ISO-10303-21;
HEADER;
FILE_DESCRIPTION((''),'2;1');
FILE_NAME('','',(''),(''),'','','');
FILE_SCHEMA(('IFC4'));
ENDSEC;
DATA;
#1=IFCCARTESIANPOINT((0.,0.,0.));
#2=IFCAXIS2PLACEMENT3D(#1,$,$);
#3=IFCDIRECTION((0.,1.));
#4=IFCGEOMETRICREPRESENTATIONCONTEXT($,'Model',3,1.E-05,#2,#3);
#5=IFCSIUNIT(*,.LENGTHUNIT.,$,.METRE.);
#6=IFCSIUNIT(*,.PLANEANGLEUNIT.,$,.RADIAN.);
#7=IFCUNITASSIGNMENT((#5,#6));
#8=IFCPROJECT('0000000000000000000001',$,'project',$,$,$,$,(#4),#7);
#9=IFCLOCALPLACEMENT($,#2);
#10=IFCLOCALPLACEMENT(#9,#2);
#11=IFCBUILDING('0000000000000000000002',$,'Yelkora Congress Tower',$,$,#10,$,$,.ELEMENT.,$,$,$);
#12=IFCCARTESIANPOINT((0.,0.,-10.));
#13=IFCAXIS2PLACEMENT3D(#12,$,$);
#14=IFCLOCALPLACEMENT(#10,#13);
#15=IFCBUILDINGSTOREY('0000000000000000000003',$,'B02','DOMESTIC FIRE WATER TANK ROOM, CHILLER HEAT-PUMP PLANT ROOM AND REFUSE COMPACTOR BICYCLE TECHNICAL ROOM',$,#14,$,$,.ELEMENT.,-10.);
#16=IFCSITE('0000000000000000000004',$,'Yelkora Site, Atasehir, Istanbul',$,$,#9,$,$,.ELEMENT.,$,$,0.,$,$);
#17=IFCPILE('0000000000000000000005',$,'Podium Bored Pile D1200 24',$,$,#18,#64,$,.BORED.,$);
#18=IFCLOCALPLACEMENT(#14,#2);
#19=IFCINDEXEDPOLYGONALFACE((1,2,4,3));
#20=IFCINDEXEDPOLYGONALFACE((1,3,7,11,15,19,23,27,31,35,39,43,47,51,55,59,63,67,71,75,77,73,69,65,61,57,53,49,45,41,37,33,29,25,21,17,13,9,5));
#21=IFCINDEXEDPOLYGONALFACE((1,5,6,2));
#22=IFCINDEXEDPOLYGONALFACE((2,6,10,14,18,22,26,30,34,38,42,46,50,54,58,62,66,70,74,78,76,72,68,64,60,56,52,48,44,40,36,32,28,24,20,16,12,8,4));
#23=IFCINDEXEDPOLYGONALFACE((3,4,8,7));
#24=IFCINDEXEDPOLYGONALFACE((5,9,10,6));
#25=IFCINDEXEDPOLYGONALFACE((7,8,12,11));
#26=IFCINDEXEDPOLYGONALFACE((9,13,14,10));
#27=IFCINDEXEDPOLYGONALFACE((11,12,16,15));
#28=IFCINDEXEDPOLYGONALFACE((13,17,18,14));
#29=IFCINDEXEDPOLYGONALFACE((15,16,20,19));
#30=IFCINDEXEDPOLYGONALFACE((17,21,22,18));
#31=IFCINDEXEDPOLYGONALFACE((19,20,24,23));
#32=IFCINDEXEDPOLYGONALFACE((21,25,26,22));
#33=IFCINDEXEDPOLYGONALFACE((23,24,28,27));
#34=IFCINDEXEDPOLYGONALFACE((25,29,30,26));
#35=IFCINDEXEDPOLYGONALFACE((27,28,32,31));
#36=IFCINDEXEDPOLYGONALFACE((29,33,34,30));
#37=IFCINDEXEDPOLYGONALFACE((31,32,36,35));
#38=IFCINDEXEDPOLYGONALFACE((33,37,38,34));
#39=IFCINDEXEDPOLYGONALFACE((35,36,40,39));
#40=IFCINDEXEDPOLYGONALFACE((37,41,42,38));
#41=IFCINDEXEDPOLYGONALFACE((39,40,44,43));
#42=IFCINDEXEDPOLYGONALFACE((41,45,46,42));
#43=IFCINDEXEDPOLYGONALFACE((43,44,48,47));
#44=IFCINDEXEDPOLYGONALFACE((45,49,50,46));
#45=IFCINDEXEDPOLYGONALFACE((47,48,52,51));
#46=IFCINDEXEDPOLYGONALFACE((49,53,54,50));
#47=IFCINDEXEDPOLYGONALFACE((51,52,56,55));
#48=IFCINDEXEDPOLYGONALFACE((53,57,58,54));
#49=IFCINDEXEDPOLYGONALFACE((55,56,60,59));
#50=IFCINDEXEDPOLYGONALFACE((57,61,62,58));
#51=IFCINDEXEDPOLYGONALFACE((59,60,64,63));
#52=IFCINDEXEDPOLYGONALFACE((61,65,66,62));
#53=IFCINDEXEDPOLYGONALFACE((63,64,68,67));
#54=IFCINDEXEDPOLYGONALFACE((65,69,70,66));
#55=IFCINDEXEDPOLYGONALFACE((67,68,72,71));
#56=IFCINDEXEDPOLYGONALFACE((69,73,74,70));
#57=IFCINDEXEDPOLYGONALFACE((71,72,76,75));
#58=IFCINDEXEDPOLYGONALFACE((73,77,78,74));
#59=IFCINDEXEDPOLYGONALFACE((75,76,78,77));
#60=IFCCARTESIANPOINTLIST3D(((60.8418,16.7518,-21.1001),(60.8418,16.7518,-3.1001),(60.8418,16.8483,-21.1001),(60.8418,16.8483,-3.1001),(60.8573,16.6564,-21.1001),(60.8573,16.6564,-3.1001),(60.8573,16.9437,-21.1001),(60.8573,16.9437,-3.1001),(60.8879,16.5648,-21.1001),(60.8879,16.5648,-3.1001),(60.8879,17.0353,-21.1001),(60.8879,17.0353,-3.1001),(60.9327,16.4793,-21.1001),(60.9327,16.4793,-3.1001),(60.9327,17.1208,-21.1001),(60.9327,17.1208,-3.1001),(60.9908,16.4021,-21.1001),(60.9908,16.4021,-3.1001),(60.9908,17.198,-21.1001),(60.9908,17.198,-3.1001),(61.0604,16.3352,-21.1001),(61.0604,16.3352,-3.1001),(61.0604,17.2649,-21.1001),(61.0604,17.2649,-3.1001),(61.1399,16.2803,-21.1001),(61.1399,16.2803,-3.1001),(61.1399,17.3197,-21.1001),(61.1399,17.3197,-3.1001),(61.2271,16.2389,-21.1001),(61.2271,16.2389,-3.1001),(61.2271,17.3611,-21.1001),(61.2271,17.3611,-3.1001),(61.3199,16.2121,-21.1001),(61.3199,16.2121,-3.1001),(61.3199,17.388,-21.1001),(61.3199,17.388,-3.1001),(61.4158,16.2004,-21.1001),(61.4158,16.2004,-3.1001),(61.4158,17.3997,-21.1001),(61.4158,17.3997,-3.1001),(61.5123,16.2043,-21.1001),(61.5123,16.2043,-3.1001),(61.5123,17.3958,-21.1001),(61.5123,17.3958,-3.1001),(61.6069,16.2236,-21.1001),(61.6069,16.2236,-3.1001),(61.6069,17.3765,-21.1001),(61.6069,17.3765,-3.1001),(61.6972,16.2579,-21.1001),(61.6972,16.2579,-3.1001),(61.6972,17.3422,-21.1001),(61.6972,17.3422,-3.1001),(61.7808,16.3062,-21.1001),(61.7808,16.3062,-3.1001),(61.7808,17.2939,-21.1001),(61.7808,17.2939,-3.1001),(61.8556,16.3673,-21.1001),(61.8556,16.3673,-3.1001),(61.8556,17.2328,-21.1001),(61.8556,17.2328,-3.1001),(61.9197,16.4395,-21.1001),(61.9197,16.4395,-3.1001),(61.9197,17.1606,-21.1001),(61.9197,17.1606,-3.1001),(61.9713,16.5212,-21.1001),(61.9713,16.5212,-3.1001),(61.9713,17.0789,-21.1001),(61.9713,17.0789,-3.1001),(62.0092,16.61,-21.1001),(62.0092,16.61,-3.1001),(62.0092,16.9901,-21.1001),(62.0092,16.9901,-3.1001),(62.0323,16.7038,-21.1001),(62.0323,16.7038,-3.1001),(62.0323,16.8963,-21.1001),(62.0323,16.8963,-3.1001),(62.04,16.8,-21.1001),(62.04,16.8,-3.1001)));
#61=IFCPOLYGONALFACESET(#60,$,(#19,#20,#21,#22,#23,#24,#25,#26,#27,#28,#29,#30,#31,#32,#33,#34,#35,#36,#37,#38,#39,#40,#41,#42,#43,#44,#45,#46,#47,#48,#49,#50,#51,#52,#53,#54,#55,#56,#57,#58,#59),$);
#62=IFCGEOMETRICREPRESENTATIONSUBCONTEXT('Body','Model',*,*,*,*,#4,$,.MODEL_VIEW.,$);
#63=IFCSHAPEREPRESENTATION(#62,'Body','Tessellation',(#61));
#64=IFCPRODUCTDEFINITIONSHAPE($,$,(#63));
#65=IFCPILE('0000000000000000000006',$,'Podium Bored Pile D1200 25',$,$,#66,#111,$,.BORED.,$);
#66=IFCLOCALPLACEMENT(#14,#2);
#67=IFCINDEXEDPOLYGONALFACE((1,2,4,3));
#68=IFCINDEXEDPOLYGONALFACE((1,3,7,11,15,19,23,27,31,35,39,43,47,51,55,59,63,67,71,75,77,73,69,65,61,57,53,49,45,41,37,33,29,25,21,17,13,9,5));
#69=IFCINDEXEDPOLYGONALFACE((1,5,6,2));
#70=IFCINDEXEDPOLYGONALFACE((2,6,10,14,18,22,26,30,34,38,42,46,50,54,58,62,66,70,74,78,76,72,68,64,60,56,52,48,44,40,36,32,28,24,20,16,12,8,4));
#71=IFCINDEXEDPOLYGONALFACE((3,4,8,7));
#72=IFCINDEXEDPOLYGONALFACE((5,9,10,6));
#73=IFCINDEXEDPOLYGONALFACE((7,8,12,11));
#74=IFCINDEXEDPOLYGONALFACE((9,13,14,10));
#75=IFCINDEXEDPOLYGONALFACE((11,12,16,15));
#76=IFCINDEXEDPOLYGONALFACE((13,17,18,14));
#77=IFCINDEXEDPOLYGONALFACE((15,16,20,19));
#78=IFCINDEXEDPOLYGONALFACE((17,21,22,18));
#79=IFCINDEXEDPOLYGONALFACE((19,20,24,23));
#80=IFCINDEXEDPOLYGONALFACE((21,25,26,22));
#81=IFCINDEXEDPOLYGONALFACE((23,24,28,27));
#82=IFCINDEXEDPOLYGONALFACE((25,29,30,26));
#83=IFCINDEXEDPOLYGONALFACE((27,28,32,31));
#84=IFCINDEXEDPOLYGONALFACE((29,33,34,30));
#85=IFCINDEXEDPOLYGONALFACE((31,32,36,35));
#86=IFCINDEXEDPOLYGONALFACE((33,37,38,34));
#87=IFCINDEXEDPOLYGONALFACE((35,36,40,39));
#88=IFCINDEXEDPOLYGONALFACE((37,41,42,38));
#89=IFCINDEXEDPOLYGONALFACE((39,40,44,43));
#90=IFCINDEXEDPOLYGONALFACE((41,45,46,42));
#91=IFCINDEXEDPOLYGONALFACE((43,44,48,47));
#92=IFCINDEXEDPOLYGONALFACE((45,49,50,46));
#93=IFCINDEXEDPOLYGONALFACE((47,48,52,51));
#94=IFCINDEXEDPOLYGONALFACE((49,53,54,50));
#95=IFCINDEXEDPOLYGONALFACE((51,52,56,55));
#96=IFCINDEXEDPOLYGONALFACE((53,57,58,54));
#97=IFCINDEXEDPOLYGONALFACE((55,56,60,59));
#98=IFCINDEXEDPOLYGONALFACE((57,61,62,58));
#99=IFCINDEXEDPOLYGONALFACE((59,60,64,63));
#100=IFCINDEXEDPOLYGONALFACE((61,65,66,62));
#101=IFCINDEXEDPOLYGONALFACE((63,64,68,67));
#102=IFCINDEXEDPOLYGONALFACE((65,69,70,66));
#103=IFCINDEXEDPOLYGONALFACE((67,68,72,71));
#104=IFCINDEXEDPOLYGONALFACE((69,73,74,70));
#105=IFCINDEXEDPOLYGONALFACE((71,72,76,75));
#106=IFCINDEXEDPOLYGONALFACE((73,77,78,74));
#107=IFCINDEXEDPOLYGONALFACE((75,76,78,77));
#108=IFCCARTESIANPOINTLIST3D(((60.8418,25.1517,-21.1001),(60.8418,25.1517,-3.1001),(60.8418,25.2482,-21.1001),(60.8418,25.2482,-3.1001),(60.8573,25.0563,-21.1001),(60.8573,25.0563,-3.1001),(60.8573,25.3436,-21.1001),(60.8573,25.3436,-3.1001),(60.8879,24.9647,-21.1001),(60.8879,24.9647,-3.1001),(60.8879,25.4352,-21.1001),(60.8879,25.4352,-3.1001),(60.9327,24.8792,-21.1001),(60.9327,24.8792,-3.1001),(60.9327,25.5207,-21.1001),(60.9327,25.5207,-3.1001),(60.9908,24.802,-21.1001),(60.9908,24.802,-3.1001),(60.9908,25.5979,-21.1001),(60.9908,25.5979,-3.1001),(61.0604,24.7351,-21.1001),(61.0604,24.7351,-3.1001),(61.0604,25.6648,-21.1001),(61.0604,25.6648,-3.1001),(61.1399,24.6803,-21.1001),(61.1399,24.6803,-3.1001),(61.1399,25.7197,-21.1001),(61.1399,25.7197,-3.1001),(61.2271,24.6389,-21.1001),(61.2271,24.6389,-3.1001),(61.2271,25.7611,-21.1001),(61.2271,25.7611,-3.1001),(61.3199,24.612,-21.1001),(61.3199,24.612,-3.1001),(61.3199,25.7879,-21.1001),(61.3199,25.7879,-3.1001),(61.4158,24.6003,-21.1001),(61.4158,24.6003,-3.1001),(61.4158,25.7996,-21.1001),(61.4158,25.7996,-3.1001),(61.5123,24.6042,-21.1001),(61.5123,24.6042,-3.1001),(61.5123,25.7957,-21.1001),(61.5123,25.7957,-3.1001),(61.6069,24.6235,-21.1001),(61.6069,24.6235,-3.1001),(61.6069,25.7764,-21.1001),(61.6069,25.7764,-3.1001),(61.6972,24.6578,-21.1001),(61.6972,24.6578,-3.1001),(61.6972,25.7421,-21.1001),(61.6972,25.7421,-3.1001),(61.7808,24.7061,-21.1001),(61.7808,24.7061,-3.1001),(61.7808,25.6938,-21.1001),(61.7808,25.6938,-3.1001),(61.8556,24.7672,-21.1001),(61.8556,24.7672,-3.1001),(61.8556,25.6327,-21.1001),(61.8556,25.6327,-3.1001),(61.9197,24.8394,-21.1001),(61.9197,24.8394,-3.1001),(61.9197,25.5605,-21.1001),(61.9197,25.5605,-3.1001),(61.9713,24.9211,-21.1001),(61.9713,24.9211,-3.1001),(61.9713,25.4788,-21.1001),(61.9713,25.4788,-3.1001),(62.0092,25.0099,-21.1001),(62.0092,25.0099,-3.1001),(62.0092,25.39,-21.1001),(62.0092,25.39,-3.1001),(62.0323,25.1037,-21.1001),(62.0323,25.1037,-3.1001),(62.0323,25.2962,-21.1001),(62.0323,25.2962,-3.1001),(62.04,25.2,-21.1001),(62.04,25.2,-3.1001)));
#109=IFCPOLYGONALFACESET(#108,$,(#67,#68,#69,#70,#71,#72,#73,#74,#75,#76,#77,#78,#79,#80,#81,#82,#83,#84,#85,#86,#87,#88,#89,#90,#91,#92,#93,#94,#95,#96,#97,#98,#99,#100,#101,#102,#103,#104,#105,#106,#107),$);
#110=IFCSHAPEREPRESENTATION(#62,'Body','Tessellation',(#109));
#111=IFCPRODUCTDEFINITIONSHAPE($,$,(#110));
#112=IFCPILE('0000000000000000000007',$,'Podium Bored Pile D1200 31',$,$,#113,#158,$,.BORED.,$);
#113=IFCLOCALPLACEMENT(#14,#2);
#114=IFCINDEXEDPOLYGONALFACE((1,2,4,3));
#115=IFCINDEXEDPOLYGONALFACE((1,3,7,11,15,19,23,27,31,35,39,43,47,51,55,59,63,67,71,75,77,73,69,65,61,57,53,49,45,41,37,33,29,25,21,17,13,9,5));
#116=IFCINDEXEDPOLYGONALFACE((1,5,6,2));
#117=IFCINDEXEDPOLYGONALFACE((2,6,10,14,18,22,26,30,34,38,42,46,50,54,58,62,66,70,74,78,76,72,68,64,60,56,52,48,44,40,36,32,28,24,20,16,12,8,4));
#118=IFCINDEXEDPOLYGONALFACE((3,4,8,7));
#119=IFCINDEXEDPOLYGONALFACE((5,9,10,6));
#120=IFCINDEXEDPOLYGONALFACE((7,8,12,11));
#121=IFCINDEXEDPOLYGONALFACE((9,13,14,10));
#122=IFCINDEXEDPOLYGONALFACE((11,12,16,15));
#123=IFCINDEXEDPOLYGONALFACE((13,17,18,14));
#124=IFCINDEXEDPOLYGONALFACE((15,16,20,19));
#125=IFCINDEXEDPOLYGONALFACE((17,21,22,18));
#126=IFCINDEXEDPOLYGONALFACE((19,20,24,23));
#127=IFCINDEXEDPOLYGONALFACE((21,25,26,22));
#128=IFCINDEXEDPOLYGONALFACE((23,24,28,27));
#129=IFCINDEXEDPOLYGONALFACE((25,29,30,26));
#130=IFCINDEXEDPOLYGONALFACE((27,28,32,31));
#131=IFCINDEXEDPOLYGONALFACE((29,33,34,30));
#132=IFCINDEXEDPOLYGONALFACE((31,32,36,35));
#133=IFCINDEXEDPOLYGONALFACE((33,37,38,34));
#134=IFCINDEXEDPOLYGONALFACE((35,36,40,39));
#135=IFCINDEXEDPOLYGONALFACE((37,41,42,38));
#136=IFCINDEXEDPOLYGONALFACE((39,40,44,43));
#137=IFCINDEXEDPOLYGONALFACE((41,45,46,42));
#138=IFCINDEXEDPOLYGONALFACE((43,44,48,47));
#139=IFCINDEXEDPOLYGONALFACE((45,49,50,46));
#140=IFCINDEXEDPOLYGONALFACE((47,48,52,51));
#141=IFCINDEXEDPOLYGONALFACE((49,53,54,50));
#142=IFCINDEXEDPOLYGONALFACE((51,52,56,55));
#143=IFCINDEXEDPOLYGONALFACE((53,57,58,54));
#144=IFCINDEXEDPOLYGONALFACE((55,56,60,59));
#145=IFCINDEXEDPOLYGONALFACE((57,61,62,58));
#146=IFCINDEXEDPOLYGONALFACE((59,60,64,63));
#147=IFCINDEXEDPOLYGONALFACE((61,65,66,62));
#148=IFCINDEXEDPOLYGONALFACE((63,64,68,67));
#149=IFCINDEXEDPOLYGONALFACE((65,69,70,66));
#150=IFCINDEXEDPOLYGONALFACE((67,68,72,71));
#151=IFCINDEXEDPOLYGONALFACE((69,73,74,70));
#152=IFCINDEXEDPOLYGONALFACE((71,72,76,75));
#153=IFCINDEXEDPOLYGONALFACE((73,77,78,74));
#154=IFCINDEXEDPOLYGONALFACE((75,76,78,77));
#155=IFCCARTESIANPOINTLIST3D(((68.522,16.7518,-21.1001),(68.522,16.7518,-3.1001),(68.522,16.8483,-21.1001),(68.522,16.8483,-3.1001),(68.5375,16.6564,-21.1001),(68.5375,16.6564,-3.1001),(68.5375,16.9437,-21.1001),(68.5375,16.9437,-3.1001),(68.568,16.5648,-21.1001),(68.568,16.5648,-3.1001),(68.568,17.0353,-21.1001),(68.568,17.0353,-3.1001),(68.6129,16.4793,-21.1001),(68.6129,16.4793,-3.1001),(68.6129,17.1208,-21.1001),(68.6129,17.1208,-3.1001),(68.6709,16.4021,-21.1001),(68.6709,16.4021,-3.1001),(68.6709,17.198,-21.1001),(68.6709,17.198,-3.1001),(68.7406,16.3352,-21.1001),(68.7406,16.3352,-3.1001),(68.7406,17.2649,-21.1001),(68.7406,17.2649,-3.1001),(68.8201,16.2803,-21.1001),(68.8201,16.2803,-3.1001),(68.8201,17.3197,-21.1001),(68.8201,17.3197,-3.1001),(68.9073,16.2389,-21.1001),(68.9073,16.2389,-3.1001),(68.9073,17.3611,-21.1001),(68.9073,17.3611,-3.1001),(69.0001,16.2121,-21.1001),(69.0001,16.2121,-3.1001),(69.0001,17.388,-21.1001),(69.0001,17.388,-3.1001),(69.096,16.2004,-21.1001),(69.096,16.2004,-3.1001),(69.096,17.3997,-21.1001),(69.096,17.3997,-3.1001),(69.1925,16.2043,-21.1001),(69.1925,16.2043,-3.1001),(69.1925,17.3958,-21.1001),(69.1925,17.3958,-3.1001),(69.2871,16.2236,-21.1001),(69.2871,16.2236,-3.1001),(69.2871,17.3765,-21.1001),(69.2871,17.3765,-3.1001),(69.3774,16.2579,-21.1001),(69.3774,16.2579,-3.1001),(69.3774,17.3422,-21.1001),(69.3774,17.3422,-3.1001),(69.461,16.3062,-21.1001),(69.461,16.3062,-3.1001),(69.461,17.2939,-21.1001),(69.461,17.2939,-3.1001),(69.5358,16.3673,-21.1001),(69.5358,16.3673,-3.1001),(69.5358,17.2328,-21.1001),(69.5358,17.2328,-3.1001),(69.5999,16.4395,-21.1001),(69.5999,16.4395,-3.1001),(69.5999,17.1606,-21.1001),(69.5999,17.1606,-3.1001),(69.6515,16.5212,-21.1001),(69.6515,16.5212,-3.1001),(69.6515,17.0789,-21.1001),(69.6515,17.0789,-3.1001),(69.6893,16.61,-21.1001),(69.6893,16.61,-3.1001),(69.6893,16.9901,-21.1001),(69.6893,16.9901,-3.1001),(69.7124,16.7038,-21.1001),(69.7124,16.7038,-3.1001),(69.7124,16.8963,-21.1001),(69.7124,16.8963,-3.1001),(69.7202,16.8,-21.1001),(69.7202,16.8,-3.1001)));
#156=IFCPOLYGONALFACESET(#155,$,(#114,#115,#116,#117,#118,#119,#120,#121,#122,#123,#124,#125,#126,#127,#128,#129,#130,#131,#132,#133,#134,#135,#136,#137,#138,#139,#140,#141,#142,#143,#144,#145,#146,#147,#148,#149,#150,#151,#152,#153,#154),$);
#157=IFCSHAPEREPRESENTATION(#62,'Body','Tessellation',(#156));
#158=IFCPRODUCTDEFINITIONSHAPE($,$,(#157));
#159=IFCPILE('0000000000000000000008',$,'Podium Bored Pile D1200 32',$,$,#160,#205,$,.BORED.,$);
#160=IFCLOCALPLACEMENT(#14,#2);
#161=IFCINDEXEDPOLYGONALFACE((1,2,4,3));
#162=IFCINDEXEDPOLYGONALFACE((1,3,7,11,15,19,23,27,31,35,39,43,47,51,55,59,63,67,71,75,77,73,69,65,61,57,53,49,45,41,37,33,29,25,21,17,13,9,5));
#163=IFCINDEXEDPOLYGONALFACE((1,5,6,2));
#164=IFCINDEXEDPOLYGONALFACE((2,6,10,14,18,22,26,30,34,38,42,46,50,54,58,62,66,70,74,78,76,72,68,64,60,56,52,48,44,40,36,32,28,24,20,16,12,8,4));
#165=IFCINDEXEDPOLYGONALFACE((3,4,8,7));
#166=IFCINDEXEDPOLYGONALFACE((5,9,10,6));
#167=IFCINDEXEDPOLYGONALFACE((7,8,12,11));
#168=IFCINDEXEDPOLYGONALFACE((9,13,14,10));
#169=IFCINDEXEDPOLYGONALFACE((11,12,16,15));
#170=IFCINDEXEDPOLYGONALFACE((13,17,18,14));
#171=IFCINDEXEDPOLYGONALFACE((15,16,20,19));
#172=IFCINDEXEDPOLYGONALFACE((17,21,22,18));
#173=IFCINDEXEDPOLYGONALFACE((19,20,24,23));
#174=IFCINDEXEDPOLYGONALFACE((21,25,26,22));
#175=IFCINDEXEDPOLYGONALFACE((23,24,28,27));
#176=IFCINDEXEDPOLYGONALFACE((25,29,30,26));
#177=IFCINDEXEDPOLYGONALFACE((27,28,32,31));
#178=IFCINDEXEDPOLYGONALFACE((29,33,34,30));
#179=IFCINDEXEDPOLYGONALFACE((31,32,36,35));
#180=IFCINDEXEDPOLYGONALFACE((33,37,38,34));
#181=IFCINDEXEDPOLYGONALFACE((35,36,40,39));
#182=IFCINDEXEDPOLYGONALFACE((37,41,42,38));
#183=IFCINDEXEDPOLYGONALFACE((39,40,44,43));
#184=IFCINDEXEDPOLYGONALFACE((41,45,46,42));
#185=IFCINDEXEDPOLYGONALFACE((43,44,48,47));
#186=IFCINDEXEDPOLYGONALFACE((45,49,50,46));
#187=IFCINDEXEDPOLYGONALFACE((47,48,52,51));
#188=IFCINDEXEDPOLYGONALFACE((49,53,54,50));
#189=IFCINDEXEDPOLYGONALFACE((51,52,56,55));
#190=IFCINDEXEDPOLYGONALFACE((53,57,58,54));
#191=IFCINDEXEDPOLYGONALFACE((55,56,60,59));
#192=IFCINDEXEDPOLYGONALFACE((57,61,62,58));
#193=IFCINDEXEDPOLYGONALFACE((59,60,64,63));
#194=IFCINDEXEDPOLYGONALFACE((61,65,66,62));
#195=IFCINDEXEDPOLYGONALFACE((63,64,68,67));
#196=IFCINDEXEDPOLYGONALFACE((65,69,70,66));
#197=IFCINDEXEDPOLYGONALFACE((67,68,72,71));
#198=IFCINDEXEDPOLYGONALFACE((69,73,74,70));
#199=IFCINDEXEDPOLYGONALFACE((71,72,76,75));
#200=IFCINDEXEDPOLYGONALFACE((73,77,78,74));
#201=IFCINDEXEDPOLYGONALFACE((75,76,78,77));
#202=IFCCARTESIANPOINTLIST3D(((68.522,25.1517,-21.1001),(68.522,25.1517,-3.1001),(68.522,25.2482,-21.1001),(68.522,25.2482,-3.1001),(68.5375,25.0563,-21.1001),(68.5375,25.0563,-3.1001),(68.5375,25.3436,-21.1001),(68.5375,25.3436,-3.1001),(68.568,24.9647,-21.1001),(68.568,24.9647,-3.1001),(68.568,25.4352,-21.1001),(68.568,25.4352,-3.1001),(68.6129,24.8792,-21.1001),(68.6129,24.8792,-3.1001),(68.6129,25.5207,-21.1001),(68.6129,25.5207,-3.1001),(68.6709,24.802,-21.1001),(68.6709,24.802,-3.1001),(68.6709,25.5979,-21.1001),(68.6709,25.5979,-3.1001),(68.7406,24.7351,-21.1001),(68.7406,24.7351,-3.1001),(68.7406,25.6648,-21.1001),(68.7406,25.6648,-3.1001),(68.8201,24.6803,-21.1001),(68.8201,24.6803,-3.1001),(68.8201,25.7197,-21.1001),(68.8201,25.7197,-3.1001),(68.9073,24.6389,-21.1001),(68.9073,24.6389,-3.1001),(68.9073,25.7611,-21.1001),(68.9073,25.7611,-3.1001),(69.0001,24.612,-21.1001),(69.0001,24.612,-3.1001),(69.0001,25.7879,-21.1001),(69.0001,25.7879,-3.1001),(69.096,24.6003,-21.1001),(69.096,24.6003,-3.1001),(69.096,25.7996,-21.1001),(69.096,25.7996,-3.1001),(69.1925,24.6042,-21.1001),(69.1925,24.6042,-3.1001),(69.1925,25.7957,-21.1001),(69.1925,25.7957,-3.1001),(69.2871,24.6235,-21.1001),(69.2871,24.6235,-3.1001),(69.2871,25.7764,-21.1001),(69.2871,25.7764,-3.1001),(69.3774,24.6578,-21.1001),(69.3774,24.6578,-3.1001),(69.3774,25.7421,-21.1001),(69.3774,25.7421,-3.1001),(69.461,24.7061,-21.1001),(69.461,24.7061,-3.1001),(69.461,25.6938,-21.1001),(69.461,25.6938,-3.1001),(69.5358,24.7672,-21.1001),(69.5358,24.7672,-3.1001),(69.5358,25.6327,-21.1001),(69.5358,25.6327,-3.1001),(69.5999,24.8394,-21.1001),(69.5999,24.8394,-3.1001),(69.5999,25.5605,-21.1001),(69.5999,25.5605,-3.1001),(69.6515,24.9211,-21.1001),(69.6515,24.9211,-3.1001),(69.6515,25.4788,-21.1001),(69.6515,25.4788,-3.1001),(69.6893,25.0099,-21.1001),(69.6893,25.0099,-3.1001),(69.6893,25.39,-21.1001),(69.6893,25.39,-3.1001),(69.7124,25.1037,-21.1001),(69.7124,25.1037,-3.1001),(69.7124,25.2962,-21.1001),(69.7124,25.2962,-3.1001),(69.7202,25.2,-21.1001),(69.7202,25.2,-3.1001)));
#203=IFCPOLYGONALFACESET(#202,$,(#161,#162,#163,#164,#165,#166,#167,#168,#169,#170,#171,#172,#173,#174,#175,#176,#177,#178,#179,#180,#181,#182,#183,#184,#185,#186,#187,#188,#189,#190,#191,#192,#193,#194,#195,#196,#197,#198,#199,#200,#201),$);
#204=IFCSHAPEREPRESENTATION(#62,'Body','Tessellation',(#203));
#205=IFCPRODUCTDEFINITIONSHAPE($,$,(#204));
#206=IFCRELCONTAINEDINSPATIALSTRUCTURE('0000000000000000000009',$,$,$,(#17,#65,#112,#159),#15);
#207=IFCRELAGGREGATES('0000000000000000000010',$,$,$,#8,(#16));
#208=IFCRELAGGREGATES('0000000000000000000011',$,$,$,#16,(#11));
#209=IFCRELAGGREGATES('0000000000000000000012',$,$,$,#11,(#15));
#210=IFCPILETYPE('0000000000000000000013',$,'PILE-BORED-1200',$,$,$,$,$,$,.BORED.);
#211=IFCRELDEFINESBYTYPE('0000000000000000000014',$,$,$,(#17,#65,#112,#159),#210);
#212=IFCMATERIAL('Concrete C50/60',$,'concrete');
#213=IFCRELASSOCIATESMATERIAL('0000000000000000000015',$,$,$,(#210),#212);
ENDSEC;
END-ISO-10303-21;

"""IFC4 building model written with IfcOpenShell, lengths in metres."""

from ifc_helpers import new_model, si_unit, direction, frame, origin, origin_2d, place, context, subcontext, project, spatial, circle, extrude, material, material_profile, profile_set, type_object, element, save


model = new_model("IFC4")

# Units and contexts
model_context = context("Model", 3, precision=1e-05, world=origin(), true_north=direction((0.0, 1.0)))
body_context = subcontext(model_context, "Body", "Model", "MODEL_VIEW")
ifc_project = project(units=[si_unit("LENGTHUNIT", "METRE"), si_unit("PLANEANGLEUNIT", "RADIAN")], contexts=[model_context])

# Site, building, storey
site_placement = place(None, origin())
site = spatial("IfcSite", under=ifc_project, at=site_placement, Name="Yelkora Site, Atasehir, Istanbul", CompositionType="ELEMENT", RefElevation=0.0)
building_placement = place(site_placement, origin())
building = spatial("IfcBuilding", under=site, at=building_placement, Name="Yelkora Congress Tower", CompositionType="ELEMENT")
storey_placement = place(building_placement, frame((0.0, 0.0, -10.0)))
storey = spatial("IfcBuildingStorey", under=building, at=storey_placement, Name="B02", Description="DOMESTIC FIRE WATER TANK ROOM, CHILLER HEAT-PUMP PLANT ROOM AND REFUSE COMPACTOR BICYCLE TECHNICAL ROOM", CompositionType="ELEMENT", Elevation=-10.0)

# Piles
ifc_material_1 = material(Name="Concrete C50/60", Category="concrete")
ifc_material_profile_1 = material_profile(ifc_material_1, circle(Radius=0.6001, at=origin_2d()), Name="PILE D1200")
ifc_profile_set_1 = profile_set([ifc_material_profile_1], Name="Concrete C50/60")
pile_type_1 = type_object("IfcPileType", Name="PILE-BORED-1200", PredefinedType="BORED", material=ifc_profile_set_1)
for number, where, z_axis, x_axis, name in (
    (1, (61.4399, 16.8, -3.1001), (0.0, 0.0, -1.0), (1.0, 0.0, 0.0), "Podium Bored Pile D1200 24"),
    (2, (61.4399, 25.2, -3.1001), (0.0, 0.0, -1.0), (1.0, 0.0, 0.0), "Podium Bored Pile D1200 25"),
    (3, (69.1201, 16.8, -3.1001), (0.0, 0.0, -1.0), (1.0, 0.0, 0.0), "Podium Bored Pile D1200 31"),
    (4, (69.1201, 25.2, -3.1001), (0.0, 0.0, -1.0), (1.0, 0.0, 0.0), "Podium Bored Pile D1200 32"),
):
    element("IfcPile", number, at=place(storey_placement, frame(where, z_axis=z_axis, x_axis=x_axis)), inside=storey, type_object=pile_type_1, Name=name, PredefinedType="BORED", context=body_context, shape_type="SweptSolid", body=[
        extrude(circle(Radius=0.6001, at=origin_2d()), origin(), (0.0, 0.0, 1.0), 18.0),
    ])

save(model, "model.ifc")
